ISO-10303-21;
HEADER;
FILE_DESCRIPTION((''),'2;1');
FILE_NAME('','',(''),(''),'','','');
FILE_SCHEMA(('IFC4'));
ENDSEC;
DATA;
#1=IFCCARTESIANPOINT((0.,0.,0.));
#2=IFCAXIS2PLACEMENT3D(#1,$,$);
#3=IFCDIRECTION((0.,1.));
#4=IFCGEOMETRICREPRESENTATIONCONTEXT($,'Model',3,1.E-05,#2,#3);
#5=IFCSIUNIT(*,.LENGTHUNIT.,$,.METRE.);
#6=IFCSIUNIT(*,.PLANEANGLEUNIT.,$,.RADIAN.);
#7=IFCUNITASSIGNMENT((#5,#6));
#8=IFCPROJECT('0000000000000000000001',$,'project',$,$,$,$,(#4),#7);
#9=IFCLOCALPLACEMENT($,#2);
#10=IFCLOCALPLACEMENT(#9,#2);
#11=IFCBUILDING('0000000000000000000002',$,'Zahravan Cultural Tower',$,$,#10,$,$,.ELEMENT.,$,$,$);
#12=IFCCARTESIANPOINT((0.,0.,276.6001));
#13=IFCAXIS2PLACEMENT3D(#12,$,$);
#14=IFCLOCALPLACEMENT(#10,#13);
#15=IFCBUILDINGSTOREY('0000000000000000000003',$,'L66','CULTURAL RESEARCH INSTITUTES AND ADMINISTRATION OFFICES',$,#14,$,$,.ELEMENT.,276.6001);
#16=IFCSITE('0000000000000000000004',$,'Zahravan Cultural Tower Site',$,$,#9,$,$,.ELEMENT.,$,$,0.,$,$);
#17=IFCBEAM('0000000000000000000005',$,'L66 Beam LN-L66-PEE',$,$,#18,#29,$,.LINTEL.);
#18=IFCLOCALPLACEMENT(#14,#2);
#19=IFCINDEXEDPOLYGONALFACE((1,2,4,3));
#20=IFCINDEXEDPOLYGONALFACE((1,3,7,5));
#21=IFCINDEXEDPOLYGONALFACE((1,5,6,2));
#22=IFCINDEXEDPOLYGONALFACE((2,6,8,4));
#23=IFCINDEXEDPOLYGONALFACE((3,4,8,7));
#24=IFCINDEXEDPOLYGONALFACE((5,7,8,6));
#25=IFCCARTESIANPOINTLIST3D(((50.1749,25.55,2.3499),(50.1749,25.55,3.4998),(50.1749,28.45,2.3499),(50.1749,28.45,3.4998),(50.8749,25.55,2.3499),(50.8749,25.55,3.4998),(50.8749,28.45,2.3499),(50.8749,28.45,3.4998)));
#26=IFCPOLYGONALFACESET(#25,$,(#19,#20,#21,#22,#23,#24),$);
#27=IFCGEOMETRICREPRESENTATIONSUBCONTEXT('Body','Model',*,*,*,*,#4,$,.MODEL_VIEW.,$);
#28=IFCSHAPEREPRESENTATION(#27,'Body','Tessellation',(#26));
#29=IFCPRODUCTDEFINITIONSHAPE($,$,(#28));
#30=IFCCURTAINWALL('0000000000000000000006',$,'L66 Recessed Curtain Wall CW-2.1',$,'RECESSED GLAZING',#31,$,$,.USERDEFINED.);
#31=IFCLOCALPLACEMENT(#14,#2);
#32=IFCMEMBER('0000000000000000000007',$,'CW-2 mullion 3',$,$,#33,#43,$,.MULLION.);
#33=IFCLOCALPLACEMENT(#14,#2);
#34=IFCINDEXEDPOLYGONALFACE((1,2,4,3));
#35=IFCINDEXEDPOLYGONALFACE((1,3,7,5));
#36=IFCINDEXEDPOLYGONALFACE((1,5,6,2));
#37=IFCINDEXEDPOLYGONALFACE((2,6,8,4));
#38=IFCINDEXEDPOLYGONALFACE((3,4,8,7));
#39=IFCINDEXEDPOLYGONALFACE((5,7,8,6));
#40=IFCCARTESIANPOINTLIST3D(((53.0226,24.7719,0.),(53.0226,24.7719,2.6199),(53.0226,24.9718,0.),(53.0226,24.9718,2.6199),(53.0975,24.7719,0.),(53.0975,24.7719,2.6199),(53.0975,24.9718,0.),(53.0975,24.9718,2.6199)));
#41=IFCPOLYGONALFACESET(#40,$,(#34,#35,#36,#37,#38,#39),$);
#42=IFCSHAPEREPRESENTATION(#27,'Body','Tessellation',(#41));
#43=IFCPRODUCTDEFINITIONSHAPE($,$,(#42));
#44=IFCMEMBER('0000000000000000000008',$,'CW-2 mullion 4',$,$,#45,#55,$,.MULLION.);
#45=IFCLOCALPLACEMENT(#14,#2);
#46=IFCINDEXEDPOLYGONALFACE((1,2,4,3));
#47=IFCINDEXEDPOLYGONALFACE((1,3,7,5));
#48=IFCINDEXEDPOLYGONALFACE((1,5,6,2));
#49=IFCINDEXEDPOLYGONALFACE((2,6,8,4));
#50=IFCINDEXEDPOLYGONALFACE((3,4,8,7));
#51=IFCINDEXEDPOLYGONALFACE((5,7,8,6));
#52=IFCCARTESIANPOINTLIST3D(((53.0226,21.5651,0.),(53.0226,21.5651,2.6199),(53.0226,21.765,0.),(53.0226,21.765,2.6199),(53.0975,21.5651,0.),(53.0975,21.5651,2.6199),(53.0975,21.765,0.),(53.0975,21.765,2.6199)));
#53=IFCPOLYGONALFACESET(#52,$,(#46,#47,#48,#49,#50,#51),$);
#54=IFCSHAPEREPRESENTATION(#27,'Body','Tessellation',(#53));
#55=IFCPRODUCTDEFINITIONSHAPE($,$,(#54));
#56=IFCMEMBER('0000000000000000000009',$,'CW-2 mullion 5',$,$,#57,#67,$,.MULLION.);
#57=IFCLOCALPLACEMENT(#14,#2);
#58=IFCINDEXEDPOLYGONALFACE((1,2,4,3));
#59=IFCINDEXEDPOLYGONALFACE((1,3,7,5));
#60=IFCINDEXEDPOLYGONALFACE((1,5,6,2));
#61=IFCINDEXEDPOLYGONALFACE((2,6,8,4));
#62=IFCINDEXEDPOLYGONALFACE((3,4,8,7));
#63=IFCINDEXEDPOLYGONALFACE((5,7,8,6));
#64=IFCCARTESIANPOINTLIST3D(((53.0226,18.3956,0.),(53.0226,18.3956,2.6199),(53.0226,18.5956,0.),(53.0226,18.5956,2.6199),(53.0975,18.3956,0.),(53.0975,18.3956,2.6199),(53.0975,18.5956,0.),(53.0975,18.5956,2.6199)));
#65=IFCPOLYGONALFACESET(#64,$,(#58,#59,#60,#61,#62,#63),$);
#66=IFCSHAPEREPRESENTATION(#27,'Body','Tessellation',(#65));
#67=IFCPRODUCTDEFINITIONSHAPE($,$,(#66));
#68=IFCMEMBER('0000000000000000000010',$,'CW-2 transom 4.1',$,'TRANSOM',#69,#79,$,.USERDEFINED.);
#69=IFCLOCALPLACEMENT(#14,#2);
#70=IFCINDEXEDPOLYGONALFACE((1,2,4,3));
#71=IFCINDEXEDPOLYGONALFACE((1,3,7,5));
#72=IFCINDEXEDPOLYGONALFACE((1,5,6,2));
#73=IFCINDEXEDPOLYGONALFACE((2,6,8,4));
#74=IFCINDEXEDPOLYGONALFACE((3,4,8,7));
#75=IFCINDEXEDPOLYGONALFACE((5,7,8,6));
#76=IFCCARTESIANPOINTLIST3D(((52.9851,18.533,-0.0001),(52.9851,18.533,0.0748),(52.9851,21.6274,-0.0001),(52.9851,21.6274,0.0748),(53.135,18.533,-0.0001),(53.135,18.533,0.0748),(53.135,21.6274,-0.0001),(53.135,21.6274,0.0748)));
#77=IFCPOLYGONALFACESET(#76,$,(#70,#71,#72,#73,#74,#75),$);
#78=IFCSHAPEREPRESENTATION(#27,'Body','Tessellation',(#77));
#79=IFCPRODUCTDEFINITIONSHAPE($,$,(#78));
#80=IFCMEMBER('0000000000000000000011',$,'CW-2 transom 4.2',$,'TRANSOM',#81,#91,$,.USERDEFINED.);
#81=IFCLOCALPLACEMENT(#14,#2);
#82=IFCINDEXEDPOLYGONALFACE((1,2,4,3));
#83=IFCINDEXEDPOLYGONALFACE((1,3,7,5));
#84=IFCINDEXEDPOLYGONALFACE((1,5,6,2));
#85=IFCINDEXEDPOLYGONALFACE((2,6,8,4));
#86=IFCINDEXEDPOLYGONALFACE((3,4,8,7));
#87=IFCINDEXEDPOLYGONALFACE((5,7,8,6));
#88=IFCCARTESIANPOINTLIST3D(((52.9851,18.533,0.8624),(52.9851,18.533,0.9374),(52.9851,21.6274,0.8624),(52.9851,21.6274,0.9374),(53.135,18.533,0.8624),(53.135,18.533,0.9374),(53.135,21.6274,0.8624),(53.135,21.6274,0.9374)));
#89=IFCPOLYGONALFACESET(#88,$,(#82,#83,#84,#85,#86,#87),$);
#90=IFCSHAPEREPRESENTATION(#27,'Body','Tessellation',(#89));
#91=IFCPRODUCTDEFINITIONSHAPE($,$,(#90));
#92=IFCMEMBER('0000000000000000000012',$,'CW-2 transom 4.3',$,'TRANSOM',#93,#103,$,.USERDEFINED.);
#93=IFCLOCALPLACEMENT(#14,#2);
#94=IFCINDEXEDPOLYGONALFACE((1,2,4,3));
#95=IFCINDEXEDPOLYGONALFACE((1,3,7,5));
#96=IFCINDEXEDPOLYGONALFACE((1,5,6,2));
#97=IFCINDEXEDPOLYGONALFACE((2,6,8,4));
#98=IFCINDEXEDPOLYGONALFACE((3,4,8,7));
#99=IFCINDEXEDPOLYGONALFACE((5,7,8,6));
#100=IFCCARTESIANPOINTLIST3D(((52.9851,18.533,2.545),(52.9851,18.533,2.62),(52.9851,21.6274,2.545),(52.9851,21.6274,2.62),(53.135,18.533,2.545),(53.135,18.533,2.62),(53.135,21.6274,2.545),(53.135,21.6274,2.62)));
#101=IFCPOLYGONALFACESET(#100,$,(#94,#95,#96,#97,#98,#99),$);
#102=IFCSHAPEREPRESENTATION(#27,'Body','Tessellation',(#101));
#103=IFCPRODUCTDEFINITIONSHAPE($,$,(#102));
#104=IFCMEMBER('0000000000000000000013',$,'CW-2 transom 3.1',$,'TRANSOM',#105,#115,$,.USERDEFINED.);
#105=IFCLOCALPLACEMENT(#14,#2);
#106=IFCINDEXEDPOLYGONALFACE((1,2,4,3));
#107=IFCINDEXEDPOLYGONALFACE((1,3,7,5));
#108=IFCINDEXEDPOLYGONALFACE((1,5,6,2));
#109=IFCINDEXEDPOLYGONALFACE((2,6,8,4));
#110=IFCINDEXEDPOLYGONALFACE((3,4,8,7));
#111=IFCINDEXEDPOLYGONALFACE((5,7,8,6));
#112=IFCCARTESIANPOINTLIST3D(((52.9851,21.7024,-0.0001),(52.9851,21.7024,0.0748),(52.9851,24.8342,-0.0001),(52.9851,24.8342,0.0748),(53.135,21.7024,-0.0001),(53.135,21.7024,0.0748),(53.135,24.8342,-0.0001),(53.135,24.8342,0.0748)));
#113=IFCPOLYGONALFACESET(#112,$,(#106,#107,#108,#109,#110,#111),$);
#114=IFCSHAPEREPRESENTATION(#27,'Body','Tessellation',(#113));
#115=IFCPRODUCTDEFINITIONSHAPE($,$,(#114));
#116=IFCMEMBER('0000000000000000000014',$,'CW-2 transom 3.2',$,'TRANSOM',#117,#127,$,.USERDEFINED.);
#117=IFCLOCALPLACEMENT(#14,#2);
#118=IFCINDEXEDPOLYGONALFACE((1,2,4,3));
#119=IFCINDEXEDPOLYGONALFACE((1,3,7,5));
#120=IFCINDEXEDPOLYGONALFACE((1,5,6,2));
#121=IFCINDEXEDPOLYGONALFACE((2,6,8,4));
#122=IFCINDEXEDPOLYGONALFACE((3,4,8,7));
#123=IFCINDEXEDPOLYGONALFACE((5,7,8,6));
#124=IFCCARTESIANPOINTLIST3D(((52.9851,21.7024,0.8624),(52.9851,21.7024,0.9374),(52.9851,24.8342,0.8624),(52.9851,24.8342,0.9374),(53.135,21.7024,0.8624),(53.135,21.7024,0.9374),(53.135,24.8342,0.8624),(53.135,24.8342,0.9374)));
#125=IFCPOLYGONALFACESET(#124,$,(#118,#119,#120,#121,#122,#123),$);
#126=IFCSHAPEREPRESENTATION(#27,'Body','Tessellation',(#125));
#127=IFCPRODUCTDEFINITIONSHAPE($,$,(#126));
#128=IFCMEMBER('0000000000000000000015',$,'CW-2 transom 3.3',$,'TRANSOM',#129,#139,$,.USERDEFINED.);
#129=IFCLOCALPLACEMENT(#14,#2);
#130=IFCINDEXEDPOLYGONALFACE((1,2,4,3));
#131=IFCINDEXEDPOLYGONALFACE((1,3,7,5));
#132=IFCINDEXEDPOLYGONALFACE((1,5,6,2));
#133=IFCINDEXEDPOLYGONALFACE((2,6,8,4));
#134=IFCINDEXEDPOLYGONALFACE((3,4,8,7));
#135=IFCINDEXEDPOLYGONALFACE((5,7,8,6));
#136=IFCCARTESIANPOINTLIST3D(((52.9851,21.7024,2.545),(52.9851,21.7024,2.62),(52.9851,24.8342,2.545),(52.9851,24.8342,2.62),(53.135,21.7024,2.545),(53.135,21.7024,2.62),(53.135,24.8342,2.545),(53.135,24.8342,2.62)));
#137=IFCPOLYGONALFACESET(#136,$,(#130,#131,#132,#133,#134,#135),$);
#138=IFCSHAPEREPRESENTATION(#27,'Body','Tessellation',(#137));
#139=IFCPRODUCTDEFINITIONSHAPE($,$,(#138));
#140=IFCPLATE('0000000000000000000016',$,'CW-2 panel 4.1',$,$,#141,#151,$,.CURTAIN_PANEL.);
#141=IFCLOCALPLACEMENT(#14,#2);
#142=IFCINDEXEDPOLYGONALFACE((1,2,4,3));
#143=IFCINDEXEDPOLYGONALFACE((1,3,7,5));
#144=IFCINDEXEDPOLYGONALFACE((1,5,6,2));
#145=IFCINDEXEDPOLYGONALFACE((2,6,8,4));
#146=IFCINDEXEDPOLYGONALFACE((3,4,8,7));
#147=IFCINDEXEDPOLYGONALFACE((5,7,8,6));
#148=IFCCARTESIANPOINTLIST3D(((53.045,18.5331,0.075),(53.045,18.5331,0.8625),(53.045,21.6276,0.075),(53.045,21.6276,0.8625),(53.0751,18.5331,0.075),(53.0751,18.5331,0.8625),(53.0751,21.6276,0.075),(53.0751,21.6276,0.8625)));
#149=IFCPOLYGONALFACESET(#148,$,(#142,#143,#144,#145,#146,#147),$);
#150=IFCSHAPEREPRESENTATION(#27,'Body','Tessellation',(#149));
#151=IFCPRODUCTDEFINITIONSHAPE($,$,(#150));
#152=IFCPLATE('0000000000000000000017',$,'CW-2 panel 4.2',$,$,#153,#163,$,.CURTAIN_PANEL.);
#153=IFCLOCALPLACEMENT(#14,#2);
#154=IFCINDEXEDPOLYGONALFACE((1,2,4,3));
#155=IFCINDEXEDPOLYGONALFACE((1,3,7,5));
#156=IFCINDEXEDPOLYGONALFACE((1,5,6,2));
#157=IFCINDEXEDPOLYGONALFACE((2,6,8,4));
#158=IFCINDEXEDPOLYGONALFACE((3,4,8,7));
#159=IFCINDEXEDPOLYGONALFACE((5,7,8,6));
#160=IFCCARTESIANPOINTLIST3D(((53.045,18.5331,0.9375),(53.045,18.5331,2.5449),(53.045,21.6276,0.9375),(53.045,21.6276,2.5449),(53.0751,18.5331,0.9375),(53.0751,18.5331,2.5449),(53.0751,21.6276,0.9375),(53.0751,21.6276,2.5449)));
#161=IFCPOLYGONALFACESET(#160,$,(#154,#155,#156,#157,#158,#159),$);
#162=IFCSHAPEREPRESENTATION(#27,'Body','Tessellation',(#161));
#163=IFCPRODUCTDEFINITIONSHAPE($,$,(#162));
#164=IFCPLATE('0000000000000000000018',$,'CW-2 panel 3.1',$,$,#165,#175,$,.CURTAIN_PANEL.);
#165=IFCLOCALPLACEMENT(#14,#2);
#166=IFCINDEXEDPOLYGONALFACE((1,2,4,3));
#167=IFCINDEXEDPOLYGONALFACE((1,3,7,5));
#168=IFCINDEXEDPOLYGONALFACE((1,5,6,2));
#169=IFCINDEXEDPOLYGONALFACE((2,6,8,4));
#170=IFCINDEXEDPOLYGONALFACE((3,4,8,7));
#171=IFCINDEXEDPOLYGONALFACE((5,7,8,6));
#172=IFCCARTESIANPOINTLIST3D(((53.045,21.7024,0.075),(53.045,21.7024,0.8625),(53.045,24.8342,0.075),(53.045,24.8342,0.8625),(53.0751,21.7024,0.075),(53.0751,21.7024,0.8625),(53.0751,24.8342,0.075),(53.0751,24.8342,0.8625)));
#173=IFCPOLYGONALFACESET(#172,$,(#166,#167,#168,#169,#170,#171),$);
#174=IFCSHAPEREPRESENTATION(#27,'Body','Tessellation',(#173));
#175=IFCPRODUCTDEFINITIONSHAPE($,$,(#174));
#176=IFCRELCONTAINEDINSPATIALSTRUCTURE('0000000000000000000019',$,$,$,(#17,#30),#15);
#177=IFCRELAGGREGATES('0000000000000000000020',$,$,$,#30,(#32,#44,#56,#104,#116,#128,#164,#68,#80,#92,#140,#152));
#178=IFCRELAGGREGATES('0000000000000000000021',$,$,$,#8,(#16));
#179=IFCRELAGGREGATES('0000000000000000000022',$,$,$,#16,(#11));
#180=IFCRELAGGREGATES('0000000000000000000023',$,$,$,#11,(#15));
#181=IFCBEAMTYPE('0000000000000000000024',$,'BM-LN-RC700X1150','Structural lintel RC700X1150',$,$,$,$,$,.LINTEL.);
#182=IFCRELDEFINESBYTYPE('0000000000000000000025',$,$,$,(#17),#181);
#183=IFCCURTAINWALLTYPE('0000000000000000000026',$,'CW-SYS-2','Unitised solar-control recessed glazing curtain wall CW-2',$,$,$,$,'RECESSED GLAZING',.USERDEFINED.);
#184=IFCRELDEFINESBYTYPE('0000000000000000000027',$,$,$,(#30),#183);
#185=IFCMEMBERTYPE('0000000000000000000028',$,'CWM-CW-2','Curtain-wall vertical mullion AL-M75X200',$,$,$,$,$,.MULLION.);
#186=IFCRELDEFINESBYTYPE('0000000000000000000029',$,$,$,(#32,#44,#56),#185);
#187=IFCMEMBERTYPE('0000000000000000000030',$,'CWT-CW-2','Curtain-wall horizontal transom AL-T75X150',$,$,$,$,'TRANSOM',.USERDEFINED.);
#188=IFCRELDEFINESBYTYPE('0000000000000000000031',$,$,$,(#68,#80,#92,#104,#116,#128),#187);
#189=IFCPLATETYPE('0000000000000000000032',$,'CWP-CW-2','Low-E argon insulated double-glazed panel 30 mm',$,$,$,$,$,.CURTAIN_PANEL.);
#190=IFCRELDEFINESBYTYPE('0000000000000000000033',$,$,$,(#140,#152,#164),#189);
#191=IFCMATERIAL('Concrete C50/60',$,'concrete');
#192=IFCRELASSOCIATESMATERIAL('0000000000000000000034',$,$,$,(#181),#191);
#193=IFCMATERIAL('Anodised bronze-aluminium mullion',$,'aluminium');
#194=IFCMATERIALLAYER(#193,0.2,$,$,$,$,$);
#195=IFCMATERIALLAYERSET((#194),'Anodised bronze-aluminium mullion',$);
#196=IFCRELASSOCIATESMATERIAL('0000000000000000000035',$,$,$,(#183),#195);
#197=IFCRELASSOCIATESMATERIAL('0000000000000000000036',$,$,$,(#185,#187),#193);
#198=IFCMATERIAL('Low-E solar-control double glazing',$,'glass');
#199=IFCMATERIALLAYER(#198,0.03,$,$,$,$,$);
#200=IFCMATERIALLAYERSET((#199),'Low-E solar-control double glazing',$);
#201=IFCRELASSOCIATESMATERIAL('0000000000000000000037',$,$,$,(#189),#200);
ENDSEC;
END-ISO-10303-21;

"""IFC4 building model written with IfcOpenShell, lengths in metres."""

from ifc_helpers import new_model, si_unit, direction, frame, origin, origin_2d, place, context, subcontext, project, spatial, rectangle, extrude, source, transform, mapped, material, layer, layer_set, material_profile, profile_set, type_object, element, aggregate, save


model = new_model("IFC4")

# Units and contexts
model_context = context("Model", 3, precision=1e-05, world=origin(), true_north=direction((0.0, 1.0)))
body_context = subcontext(model_context, "Body", "Model", "MODEL_VIEW")
ifc_project = project(units=[si_unit("LENGTHUNIT", "METRE"), si_unit("PLANEANGLEUNIT", "RADIAN")], contexts=[model_context])

# Site, building, storey
site_placement = place(None, origin())
site = spatial("IfcSite", under=ifc_project, at=site_placement, Name="Zahravan Cultural Tower Site", CompositionType="ELEMENT", RefElevation=0.0)
building_placement = place(site_placement, origin())
building = spatial("IfcBuilding", under=site, at=building_placement, Name="Zahravan Cultural Tower", CompositionType="ELEMENT")
storey_placement = place(building_placement, frame((0.0, 0.0, 276.6001)))
storey = spatial("IfcBuildingStorey", under=building, at=storey_placement, Name="L66", Description="CULTURAL RESEARCH INSTITUTES AND ADMINISTRATION OFFICES", CompositionType="ELEMENT", Elevation=276.6001)

# Beam
ifc_material_1 = material(Name="Concrete C50/60", Category="concrete")
ifc_material_profile_1 = material_profile(ifc_material_1, rectangle(XDim=0.7, YDim=1.1499, at=origin_2d()), Name="RC700X1150")
ifc_profile_set_1 = profile_set([ifc_material_profile_1], Name="Concrete C50/60")
beam_type = type_object("IfcBeamType", Name="BM-LN-RC700X1150", Description="Structural lintel RC700X1150", PredefinedType="LINTEL", material=ifc_profile_set_1)
shared_shape_1 = source(origin(), body_context, "Body", "SweptSolid", [
    extrude(rectangle(XDim=0.7, YDim=1.1499, at=origin_2d()), origin(), (0.0, 0.0, 1.0), 2.8999),
])
beam_placement = place(storey_placement, frame((50.5249, 25.55, 2.9248), z_axis=(0.0, 1.0, 0.0), x_axis=(-1.0, 0.0, 0.0)))
element("IfcBeam", 1, at=beam_placement, inside=storey, type_object=beam_type, Name="L66 Beam LN-L66-PEE", PredefinedType="LINTEL", context=body_context, shape_type="MappedRepresentation", body=[
    mapped(shared_shape_1, transform((0.0, 0.0, 0.0), x_axis=(1.0, 0.0, 0.0), y_axis=(0.0, 1.0, 0.0), z_axis=(0.0, 0.0, 1.0), scale=1.0)),
])

# Curtain wall, members, plates
ifc_material_2 = material(Name="Anodised bronze-aluminium mullion", Category="aluminium")
ifc_layer_1 = layer(ifc_material_2, 0.2)
ifc_layer_set_1 = layer_set([ifc_layer_1], Name="Anodised bronze-aluminium mullion")
curtain_wall_type = type_object("IfcCurtainWallType", Name="CW-SYS-2", Description="Unitised solar-control recessed glazing curtain wall CW-2", ElementType="RECESSED GLAZING", PredefinedType="USERDEFINED", material=ifc_layer_set_1)
curtain_wall_placement = place(storey_placement, origin())
curtain_wall = element("IfcCurtainWall", 2, at=curtain_wall_placement, inside=storey, type_object=curtain_wall_type, Name="L66 Recessed Curtain Wall CW-2.1", ObjectType="RECESSED GLAZING", PredefinedType="USERDEFINED")
ifc_material_profile_2 = material_profile(ifc_material_2, rectangle(XDim=0.075, YDim=0.2, at=origin_2d()), Name="AL-M75X200")
ifc_profile_set_2 = profile_set([ifc_material_profile_2], Name="Anodised bronze-aluminium mullion")
member_type_1 = type_object("IfcMemberType", Name="CWM-CW-2", Description="Curtain-wall vertical mullion AL-M75X200", PredefinedType="MULLION", material=ifc_profile_set_2)
shared_shape_2 = source(origin(), body_context, "Body", "SweptSolid", [
    extrude(rectangle(XDim=0.075, YDim=0.2, at=origin_2d()), origin(), (0.0, 0.0, 1.0), 2.6199),
])
member_1_placement = place(storey_placement, frame((53.0601, 24.8718, 0.0), z_axis=(0.0, 0.0, 1.0), x_axis=(1.0, 0.0, 0.0)))
member_1 = element("IfcMember", 3, at=member_1_placement, type_object=member_type_1, Name="CW-2 mullion 3", PredefinedType="MULLION", context=body_context, shape_type="MappedRepresentation", body=[
    mapped(shared_shape_2, transform((0.0, 0.0, 0.0), x_axis=(1.0, 0.0, 0.0), y_axis=(0.0, 1.0, 0.0), z_axis=(0.0, 0.0, 1.0), scale=1.0)),
])
member_2_placement = place(storey_placement, frame((53.0601, 21.665, 0.0), z_axis=(0.0, 0.0, 1.0), x_axis=(1.0, 0.0, 0.0)))
member_2 = element("IfcMember", 4, at=member_2_placement, type_object=member_type_1, Name="CW-2 mullion 4", PredefinedType="MULLION", context=body_context, shape_type="MappedRepresentation", body=[
    mapped(shared_shape_2, transform((0.0, 0.0, 0.0), x_axis=(1.0, 0.0, 0.0), y_axis=(0.0, 1.0, 0.0), z_axis=(0.0, 0.0, 1.0), scale=1.0)),
])
member_3_placement = place(storey_placement, frame((53.0601, 18.4956, 0.0), z_axis=(0.0, 0.0, 1.0), x_axis=(1.0, 0.0, 0.0)))
member_3 = element("IfcMember", 5, at=member_3_placement, type_object=member_type_1, Name="CW-2 mullion 5", PredefinedType="MULLION", context=body_context, shape_type="MappedRepresentation", body=[
    mapped(shared_shape_2, transform((0.0, 0.0, 0.0), x_axis=(1.0, 0.0, 0.0), y_axis=(0.0, 1.0, 0.0), z_axis=(0.0, 0.0, 1.0), scale=1.0)),
])
ifc_material_profile_3 = material_profile(ifc_material_2, rectangle(XDim=0.1499, YDim=0.075, at=origin_2d()), Name="AL-T75X150")
ifc_profile_set_3 = profile_set([ifc_material_profile_3], Name="Anodised bronze-aluminium mullion")
member_type_2 = type_object("IfcMemberType", Name="CWT-CW-2", Description="Curtain-wall horizontal transom AL-T75X150", ElementType="TRANSOM", PredefinedType="USERDEFINED", material=ifc_profile_set_3)
shared_shape_3 = source(origin(), body_context, "Body", "SweptSolid", [
    extrude(rectangle(XDim=0.1499, YDim=0.075, at=origin_2d()), origin(), (0.0, 0.0, 1.0), 3.0945),
])
member_4_placement = place(storey_placement, frame((53.0601, 21.6274, 0.0374), z_axis=(0.0, -1.0, 0.0), x_axis=(1.0, 0.0, 0.0)))
member_4 = element("IfcMember", 6, at=member_4_placement, type_object=member_type_2, Name="CW-2 transom 4.1", ObjectType="TRANSOM", PredefinedType="USERDEFINED", context=body_context, shape_type="MappedRepresentation", body=[
    mapped(shared_shape_3, transform((0.0, 0.0, 0.0), x_axis=(1.0, 0.0, 0.0), y_axis=(0.0, 1.0, 0.0), z_axis=(0.0, 0.0, 1.0), scale=1.0)),
])
member_5_placement = place(storey_placement, frame((53.0601, 21.6274, 0.8999), z_axis=(0.0, -1.0, 0.0), x_axis=(1.0, 0.0, 0.0)))
member_5 = element("IfcMember", 7, at=member_5_placement, type_object=member_type_2, Name="CW-2 transom 4.2", ObjectType="TRANSOM", PredefinedType="USERDEFINED", context=body_context, shape_type="MappedRepresentation", body=[
    mapped(shared_shape_3, transform((0.0, 0.0, 0.0), x_axis=(1.0, 0.0, 0.0), y_axis=(0.0, 1.0, 0.0), z_axis=(0.0, 0.0, 1.0), scale=1.0)),
])
member_6_placement = place(storey_placement, frame((53.0601, 21.6274, 2.5825), z_axis=(0.0, -1.0, 0.0), x_axis=(1.0, 0.0, 0.0)))
member_6 = element("IfcMember", 8, at=member_6_placement, type_object=member_type_2, Name="CW-2 transom 4.3", ObjectType="TRANSOM", PredefinedType="USERDEFINED", context=body_context, shape_type="MappedRepresentation", body=[
    mapped(shared_shape_3, transform((0.0, 0.0, 0.0), x_axis=(1.0, 0.0, 0.0), y_axis=(0.0, 1.0, 0.0), z_axis=(0.0, 0.0, 1.0), scale=1.0)),
])
shared_shape_4 = source(origin(), body_context, "Body", "SweptSolid", [
    extrude(rectangle(XDim=0.1499, YDim=0.075, at=origin_2d()), origin(), (0.0, 0.0, 1.0), 3.1318),
])
member_7_placement = place(storey_placement, frame((53.0601, 24.8342, 0.0374), z_axis=(0.0, -1.0, 0.0), x_axis=(1.0, 0.0, 0.0)))
member_7 = element("IfcMember", 9, at=member_7_placement, type_object=member_type_2, Name="CW-2 transom 3.1", ObjectType="TRANSOM", PredefinedType="USERDEFINED", context=body_context, shape_type="MappedRepresentation", body=[
    mapped(shared_shape_4, transform((0.0, 0.0, 0.0), x_axis=(1.0, 0.0, 0.0), y_axis=(0.0, 1.0, 0.0), z_axis=(0.0, 0.0, 1.0), scale=1.0)),
])
member_8_placement = place(storey_placement, frame((53.0601, 24.8342, 0.8999), z_axis=(0.0, -1.0, 0.0), x_axis=(1.0, 0.0, 0.0)))
member_8 = element("IfcMember", 10, at=member_8_placement, type_object=member_type_2, Name="CW-2 transom 3.2", ObjectType="TRANSOM", PredefinedType="USERDEFINED", context=body_context, shape_type="MappedRepresentation", body=[
    mapped(shared_shape_4, transform((0.0, 0.0, 0.0), x_axis=(1.0, 0.0, 0.0), y_axis=(0.0, 1.0, 0.0), z_axis=(0.0, 0.0, 1.0), scale=1.0)),
])
member_9_placement = place(storey_placement, frame((53.0601, 24.8342, 2.5825), z_axis=(0.0, -1.0, 0.0), x_axis=(1.0, 0.0, 0.0)))
member_9 = element("IfcMember", 11, at=member_9_placement, type_object=member_type_2, Name="CW-2 transom 3.3", ObjectType="TRANSOM", PredefinedType="USERDEFINED", context=body_context, shape_type="MappedRepresentation", body=[
    mapped(shared_shape_4, transform((0.0, 0.0, 0.0), x_axis=(1.0, 0.0, 0.0), y_axis=(0.0, 1.0, 0.0), z_axis=(0.0, 0.0, 1.0), scale=1.0)),
])
ifc_material_3 = material(Name="Low-E solar-control double glazing", Category="glass")
ifc_layer_2 = layer(ifc_material_3, 0.03)
ifc_layer_set_2 = layer_set([ifc_layer_2], Name="Low-E solar-control double glazing")
plate_type = type_object("IfcPlateType", Name="CWP-CW-2", Description="Low-E argon insulated double-glazed panel 30 mm", PredefinedType="CURTAIN_PANEL", material=ifc_layer_set_2)
shared_shape_5 = source(origin(), body_context, "Body", "SweptSolid", [
    extrude(rectangle(XDim=3.0945, YDim=0.03, at=origin_2d()), origin(), (0.0, 0.0, 1.0), 0.7876),
])
plate_1_placement = place(storey_placement, frame((53.0601, 20.0803, 0.075), z_axis=(0.0, 0.0, 1.0), x_axis=(0.0, -1.0, 0.0)))
plate_1 = element("IfcPlate", 12, at=plate_1_placement, type_object=plate_type, Name="CW-2 panel 4.1", PredefinedType="CURTAIN_PANEL", context=body_context, shape_type="MappedRepresentation", body=[
    mapped(shared_shape_5, transform((0.0, 0.0, 0.0), x_axis=(1.0, 0.0, 0.0), y_axis=(0.0, 1.0, 0.0), z_axis=(0.0, 0.0, 1.0), scale=1.0)),
])
shared_shape_6 = source(origin(), body_context, "Body", "SweptSolid", [
    extrude(rectangle(XDim=3.0945, YDim=0.03, at=origin_2d()), origin(), (0.0, 0.0, 1.0), 1.6074),
])
plate_2_placement = place(storey_placement, frame((53.0601, 20.0803, 0.9375), z_axis=(0.0, 0.0, 1.0), x_axis=(0.0, -1.0, 0.0)))
plate_2 = element("IfcPlate", 13, at=plate_2_placement, type_object=plate_type, Name="CW-2 panel 4.2", PredefinedType="CURTAIN_PANEL", context=body_context, shape_type="MappedRepresentation", body=[
    mapped(shared_shape_6, transform((0.0, 0.0, 0.0), x_axis=(1.0, 0.0, 0.0), y_axis=(0.0, 1.0, 0.0), z_axis=(0.0, 0.0, 1.0), scale=1.0)),
])
shared_shape_7 = source(origin(), body_context, "Body", "SweptSolid", [
    extrude(rectangle(XDim=3.1318, YDim=0.03, at=origin_2d()), origin(), (0.0, 0.0, 1.0), 0.7876),
])
plate_3_placement = place(storey_placement, frame((53.0601, 23.2683, 0.075), z_axis=(0.0, 0.0, 1.0), x_axis=(0.0, -1.0, 0.0)))
plate_3 = element("IfcPlate", 14, at=plate_3_placement, type_object=plate_type, Name="CW-2 panel 3.1", PredefinedType="CURTAIN_PANEL", context=body_context, shape_type="MappedRepresentation", body=[
    mapped(shared_shape_7, transform((0.0, 0.0, 0.0), x_axis=(1.0, 0.0, 0.0), y_axis=(0.0, 1.0, 0.0), z_axis=(0.0, 0.0, 1.0), scale=1.0)),
])
aggregate(curtain_wall, [member_1, member_2, member_3, member_7, member_8, member_9, plate_3, member_4, member_5, member_6, plate_1, plate_2])

save(model, "model.ifc")
